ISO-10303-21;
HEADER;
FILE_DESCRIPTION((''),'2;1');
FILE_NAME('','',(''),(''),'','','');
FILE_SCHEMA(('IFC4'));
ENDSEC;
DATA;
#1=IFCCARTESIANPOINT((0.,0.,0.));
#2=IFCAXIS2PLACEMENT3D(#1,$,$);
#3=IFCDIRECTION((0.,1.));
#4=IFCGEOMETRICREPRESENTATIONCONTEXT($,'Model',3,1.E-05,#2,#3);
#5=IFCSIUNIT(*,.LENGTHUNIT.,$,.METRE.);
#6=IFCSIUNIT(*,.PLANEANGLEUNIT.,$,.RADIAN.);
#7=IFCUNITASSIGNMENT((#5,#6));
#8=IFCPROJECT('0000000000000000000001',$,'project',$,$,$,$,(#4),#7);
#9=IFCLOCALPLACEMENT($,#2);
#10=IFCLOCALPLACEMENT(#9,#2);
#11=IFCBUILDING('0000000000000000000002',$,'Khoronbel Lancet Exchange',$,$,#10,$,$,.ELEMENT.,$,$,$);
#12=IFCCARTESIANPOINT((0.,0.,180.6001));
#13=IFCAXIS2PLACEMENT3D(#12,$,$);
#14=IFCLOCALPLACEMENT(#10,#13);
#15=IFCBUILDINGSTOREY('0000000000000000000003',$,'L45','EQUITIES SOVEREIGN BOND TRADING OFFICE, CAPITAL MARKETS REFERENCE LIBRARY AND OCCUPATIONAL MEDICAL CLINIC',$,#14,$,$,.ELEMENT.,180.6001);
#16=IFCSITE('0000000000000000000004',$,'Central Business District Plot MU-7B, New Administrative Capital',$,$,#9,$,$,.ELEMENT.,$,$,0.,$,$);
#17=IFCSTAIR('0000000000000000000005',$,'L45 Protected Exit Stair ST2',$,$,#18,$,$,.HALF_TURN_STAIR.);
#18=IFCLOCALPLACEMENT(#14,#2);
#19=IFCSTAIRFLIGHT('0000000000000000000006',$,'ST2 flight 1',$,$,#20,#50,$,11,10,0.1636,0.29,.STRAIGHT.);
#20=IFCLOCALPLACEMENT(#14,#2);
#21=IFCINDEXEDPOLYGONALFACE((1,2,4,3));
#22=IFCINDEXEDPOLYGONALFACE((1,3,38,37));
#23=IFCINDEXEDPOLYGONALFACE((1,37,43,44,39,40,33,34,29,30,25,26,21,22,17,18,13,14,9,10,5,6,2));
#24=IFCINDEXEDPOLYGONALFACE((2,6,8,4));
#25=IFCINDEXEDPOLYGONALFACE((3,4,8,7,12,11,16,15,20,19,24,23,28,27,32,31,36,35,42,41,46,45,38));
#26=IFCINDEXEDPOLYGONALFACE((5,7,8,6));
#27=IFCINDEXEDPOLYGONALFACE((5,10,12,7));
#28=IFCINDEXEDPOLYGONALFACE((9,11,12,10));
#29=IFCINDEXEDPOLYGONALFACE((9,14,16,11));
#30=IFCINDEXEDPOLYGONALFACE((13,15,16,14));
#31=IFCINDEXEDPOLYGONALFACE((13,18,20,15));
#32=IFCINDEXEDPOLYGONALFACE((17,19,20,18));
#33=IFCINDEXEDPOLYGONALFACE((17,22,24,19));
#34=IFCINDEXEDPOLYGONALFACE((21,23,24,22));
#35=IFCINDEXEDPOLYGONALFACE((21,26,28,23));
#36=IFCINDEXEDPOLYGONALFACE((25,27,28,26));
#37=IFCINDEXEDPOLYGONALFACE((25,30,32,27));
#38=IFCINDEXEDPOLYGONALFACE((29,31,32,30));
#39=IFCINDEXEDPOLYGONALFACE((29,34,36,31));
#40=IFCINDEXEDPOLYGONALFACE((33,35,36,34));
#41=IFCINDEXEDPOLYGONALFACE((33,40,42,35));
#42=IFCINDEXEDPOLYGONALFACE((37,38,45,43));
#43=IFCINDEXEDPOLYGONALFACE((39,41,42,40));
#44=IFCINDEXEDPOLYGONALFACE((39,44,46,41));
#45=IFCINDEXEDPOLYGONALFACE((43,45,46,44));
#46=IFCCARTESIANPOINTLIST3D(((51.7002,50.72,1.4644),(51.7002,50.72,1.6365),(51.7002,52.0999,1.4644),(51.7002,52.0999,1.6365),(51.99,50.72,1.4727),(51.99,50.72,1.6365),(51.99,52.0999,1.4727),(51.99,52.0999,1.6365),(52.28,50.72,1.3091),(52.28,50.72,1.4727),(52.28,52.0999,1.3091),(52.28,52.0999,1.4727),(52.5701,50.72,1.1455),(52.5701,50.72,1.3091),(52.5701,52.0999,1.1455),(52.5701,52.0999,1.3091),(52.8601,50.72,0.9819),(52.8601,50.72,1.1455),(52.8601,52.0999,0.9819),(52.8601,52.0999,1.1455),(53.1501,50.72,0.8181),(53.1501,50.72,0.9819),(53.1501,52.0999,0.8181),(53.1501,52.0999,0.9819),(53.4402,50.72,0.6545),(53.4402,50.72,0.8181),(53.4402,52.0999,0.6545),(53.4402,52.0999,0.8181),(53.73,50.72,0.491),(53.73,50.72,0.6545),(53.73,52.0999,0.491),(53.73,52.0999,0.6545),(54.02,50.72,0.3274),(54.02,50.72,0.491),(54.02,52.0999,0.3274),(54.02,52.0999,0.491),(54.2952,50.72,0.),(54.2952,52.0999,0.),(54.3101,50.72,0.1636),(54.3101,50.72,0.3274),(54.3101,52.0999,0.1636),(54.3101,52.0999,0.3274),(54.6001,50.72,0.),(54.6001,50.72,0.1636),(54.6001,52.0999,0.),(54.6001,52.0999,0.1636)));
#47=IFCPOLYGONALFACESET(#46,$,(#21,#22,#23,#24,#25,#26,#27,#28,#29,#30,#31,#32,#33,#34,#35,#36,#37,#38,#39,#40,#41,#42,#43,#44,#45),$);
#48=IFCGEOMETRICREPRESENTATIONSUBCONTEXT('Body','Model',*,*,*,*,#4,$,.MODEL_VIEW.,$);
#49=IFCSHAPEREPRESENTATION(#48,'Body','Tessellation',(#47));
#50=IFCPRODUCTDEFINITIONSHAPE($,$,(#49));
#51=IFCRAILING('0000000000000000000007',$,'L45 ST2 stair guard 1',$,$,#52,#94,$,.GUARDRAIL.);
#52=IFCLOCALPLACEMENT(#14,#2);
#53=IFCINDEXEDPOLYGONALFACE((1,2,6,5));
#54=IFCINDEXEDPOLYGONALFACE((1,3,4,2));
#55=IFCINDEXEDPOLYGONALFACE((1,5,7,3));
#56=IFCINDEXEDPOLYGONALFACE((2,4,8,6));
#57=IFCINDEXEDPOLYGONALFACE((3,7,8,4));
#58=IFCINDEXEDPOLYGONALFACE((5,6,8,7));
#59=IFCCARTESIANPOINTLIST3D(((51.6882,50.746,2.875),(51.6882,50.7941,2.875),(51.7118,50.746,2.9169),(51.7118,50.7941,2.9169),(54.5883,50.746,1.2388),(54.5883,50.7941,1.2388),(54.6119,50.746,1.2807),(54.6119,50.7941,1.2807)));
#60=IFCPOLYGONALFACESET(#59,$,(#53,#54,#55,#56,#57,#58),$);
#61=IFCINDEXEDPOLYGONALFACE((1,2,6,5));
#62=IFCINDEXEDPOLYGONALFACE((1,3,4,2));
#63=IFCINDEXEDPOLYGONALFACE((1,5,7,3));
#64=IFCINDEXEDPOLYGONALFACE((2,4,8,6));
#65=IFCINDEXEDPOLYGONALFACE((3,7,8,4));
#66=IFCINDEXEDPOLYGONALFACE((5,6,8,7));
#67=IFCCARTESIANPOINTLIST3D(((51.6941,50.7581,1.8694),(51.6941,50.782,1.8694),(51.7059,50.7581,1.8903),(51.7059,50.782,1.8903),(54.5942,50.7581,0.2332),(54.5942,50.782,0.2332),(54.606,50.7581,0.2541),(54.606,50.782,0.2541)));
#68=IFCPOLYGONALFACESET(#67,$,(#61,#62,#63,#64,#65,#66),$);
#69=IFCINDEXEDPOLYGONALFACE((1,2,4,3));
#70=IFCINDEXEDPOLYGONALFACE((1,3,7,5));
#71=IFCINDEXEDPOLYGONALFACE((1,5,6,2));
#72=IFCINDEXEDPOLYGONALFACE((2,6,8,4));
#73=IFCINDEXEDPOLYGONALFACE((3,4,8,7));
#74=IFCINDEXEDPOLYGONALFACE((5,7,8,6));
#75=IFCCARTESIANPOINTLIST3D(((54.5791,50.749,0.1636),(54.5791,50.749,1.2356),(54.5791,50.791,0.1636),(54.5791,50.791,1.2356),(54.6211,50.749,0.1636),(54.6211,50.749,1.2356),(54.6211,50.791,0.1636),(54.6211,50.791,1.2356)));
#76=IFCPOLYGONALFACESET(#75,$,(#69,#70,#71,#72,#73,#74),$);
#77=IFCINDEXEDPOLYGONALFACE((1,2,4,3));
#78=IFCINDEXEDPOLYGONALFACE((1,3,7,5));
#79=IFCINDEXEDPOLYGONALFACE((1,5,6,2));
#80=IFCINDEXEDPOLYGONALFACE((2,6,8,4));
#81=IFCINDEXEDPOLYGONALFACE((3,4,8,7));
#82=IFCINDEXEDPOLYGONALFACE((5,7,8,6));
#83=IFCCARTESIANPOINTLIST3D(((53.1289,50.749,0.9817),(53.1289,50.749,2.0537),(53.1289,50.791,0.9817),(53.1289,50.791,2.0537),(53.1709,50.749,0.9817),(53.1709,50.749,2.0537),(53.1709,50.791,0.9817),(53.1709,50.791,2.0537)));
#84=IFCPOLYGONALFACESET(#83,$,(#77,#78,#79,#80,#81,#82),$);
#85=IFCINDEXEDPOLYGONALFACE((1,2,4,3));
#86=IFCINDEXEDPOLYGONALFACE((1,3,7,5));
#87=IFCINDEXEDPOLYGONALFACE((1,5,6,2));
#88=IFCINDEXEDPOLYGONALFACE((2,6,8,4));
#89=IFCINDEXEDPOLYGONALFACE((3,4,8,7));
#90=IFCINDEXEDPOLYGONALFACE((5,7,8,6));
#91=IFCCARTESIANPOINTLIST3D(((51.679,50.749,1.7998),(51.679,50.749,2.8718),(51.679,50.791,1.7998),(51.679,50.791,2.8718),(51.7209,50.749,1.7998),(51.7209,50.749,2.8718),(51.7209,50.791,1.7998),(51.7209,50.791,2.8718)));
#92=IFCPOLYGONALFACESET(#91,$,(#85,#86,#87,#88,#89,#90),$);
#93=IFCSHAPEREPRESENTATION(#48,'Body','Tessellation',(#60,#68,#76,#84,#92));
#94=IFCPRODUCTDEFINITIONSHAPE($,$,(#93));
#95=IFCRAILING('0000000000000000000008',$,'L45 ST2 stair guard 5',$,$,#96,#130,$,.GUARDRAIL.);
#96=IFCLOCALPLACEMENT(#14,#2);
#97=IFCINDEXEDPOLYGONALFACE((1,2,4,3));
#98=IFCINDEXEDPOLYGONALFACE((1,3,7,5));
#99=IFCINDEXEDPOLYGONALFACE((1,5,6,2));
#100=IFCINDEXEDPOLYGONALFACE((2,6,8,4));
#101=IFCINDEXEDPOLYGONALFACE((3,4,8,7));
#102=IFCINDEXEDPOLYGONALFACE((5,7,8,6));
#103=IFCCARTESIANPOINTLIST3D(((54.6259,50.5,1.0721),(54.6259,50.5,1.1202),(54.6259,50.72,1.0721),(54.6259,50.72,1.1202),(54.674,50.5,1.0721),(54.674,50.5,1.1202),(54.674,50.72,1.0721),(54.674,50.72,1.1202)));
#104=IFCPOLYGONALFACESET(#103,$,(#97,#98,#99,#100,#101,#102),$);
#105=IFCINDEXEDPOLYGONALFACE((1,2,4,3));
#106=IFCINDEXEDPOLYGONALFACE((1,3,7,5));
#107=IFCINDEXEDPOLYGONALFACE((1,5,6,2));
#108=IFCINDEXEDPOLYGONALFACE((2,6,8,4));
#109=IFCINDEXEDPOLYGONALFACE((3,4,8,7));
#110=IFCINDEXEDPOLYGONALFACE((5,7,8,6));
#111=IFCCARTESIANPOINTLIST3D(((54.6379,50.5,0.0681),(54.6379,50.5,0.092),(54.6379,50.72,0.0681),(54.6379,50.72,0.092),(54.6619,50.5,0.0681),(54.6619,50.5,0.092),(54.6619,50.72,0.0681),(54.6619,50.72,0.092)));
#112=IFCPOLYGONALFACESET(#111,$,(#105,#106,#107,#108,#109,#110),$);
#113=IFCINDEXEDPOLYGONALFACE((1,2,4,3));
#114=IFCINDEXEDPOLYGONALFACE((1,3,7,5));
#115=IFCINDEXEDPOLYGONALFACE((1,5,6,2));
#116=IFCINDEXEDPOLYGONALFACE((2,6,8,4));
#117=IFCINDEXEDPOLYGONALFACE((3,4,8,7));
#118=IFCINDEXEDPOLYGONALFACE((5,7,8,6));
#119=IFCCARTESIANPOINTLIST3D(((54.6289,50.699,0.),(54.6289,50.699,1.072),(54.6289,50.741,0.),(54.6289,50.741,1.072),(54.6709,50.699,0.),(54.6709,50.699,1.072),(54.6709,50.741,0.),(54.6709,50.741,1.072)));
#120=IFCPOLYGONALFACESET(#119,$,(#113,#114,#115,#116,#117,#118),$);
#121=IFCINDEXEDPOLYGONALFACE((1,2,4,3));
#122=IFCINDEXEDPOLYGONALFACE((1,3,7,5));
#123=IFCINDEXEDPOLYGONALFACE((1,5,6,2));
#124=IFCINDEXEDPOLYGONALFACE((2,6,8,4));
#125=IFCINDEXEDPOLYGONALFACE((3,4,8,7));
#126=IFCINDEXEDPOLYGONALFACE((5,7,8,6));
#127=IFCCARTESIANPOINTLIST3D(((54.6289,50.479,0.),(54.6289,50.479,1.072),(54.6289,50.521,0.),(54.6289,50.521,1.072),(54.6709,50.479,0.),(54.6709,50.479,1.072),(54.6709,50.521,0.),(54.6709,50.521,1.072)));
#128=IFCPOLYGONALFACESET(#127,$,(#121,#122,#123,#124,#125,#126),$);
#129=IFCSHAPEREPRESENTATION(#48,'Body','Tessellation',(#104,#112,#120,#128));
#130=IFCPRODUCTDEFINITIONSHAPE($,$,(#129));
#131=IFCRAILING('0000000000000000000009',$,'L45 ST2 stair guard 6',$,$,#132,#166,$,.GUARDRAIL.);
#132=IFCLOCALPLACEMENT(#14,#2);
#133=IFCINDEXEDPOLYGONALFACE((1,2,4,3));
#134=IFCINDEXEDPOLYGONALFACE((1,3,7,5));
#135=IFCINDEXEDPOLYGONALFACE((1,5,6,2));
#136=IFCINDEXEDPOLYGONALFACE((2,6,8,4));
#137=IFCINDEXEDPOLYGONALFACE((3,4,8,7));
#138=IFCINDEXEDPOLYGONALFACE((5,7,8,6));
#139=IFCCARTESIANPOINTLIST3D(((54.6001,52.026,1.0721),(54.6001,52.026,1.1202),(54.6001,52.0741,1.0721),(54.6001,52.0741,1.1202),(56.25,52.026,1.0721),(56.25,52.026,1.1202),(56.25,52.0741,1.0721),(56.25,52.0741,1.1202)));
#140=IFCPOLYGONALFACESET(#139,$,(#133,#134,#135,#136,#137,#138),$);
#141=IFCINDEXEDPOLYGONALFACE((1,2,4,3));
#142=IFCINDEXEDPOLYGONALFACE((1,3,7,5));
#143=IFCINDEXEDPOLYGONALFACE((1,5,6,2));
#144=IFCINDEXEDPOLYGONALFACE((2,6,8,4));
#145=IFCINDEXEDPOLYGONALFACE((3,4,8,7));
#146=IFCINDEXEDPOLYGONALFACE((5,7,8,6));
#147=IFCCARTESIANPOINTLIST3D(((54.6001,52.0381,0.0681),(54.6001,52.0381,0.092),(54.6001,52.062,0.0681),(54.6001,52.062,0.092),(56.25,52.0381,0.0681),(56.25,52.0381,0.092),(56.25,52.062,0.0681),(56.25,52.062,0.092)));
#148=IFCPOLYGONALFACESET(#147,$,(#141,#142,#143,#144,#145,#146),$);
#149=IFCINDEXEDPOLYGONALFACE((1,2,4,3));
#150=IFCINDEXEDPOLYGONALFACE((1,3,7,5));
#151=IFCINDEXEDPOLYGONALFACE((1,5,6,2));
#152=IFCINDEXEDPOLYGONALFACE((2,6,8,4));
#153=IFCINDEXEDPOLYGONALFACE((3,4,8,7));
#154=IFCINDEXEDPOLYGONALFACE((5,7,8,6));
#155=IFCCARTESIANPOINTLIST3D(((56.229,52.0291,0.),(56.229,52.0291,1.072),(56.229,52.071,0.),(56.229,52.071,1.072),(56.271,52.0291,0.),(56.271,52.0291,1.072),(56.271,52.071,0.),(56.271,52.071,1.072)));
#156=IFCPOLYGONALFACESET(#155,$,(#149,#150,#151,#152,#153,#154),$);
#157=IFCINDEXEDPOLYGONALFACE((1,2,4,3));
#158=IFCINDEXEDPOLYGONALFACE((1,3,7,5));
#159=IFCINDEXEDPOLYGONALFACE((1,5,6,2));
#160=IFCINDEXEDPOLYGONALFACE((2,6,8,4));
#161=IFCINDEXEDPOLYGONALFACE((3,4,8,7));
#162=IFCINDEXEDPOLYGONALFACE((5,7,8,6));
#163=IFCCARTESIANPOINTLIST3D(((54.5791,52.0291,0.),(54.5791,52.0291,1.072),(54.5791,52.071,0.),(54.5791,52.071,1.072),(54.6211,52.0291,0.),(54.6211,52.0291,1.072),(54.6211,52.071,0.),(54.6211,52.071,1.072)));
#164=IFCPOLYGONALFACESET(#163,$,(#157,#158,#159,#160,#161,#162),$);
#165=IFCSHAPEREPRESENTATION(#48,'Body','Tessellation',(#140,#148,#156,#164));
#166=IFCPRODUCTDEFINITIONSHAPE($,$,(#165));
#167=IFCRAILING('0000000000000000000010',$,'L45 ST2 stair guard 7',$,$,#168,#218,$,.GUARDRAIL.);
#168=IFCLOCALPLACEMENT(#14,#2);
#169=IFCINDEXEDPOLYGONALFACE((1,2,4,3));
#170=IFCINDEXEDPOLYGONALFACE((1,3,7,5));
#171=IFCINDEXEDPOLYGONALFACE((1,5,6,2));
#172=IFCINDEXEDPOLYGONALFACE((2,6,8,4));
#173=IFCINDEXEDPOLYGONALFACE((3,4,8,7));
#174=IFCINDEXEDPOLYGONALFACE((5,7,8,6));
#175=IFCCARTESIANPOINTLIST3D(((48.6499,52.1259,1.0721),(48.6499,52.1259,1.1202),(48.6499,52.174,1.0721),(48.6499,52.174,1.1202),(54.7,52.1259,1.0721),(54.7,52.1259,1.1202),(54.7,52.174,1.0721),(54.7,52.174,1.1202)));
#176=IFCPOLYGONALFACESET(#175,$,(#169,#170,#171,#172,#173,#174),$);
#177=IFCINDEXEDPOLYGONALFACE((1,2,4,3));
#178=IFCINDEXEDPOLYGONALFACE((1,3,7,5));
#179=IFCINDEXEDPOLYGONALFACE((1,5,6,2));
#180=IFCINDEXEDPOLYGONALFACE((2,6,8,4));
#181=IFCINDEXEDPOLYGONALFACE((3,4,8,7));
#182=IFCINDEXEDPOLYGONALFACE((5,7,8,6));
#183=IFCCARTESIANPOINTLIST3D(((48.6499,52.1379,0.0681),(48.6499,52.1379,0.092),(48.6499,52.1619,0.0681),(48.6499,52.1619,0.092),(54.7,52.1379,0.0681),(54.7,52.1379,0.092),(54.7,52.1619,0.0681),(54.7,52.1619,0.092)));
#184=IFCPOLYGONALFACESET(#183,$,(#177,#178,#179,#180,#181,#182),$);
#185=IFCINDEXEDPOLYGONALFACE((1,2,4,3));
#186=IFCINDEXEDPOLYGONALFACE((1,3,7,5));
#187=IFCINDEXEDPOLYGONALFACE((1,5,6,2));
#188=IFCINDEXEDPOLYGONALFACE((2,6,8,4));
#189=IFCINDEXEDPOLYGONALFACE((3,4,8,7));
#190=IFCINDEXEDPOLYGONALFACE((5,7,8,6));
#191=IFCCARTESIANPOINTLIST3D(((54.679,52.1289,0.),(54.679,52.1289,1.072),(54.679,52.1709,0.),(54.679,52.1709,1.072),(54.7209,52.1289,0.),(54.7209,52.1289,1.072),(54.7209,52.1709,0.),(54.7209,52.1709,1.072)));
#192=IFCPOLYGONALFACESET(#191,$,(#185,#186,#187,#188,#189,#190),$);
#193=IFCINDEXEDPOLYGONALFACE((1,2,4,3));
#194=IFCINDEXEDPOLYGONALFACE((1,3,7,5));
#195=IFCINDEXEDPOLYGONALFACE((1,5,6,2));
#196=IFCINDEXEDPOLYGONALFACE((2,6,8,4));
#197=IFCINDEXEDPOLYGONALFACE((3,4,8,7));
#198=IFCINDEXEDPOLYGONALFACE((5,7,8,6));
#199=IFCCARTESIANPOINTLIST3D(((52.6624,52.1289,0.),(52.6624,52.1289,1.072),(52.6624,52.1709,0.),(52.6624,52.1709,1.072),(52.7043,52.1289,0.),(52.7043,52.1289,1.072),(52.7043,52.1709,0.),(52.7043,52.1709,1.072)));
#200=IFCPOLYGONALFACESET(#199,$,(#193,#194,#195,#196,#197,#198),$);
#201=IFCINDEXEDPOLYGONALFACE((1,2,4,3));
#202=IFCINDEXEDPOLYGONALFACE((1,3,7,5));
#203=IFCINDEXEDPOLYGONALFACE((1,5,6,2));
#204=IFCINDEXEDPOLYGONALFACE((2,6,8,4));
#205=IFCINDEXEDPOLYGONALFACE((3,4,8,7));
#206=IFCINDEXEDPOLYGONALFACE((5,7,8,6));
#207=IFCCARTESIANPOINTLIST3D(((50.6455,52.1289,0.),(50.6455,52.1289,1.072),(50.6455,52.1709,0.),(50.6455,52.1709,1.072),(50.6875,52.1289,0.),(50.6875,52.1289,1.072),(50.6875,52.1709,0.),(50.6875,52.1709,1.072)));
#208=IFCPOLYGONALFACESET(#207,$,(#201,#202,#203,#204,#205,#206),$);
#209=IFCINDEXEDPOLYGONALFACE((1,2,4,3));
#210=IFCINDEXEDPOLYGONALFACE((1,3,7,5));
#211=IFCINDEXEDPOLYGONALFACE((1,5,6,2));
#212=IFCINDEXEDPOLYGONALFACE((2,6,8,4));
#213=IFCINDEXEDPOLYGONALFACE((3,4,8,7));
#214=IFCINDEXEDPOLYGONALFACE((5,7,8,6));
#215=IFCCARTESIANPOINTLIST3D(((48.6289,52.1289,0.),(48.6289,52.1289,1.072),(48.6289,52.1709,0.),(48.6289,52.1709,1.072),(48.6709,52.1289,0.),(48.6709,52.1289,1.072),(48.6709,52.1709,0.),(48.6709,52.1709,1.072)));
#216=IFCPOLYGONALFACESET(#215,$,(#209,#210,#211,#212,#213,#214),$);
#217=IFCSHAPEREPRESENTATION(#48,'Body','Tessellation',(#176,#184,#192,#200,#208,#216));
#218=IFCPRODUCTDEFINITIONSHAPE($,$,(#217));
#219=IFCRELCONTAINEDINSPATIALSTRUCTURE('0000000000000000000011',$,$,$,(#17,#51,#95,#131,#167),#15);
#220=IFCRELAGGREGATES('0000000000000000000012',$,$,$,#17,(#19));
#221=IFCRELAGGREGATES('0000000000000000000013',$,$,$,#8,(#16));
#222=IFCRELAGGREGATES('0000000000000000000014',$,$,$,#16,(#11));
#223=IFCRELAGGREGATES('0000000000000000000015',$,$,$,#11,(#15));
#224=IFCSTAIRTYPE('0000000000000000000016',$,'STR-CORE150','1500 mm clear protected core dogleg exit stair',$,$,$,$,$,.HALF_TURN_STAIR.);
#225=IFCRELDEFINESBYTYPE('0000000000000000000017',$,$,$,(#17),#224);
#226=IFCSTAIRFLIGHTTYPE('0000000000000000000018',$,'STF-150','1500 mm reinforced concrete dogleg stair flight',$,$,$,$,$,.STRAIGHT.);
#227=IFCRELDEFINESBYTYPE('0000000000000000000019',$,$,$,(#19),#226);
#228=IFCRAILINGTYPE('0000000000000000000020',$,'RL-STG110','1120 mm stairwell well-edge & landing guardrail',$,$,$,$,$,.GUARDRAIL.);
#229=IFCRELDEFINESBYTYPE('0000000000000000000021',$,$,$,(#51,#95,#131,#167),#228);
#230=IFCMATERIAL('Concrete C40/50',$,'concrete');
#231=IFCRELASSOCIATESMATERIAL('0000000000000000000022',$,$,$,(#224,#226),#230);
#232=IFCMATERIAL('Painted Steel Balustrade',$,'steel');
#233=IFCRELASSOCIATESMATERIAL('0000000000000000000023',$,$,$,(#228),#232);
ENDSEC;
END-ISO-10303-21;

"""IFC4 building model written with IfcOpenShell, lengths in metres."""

from ifc_helpers import new_model, si_unit, direction, frame, origin, origin_2d, place, context, subcontext, project, spatial, polyline, rectangle, outline, extrude, material, type_object, element, aggregate, save


model = new_model("IFC4")

# Units and contexts
model_context = context("Model", 3, precision=1e-05, world=origin(), true_north=direction((0.0, 1.0)))
body_context = subcontext(model_context, "Body", "Model", "MODEL_VIEW")
ifc_project = project(units=[si_unit("LENGTHUNIT", "METRE"), si_unit("PLANEANGLEUNIT", "RADIAN")], contexts=[model_context])

# Site, building, storey
site_placement = place(None, origin())
site = spatial("IfcSite", under=ifc_project, at=site_placement, Name="Central Business District Plot MU-7B, New Administrative Capital", CompositionType="ELEMENT", RefElevation=0.0)
building_placement = place(site_placement, origin())
building = spatial("IfcBuilding", under=site, at=building_placement, Name="Khoronbel Lancet Exchange", CompositionType="ELEMENT")
storey_placement = place(building_placement, frame((0.0, 0.0, 180.6001)))
storey = spatial("IfcBuildingStorey", under=building, at=storey_placement, Name="L45", Description="EQUITIES SOVEREIGN BOND TRADING OFFICE, CAPITAL MARKETS REFERENCE LIBRARY AND OCCUPATIONAL MEDICAL CLINIC", CompositionType="ELEMENT", Elevation=180.6001)

# Stair, stair flight
ifc_material_1 = material(Name="Concrete C40/50", Category="concrete")
stair_type = type_object("IfcStairType", Name="STR-CORE150", Description="1500 mm clear protected core dogleg exit stair", PredefinedType="HALF_TURN_STAIR", material=ifc_material_1)
stair_placement = place(storey_placement, origin())
stair = element("IfcStair", 1, at=stair_placement, inside=storey, type_object=stair_type, Name="L45 Protected Exit Stair ST2", PredefinedType="HALF_TURN_STAIR")
stair_flight_type = type_object("IfcStairFlightType", Name="STF-150", Description="1500 mm reinforced concrete dogleg stair flight", PredefinedType="STRAIGHT", material=ifc_material_1)
stair_flight_placement = place(storey_placement, frame((54.6001, 51.4099, 0.0), z_axis=(0.0, 0.0, 1.0), x_axis=(-1.0, 0.0, 0.0)))
stair_flight = element("IfcStairFlight", 2, at=stair_flight_placement, type_object=stair_flight_type, Name="ST2 flight 1", NumberOfRisers=11, NumberOfTreads=10, PredefinedType="STRAIGHT", RiserHeight=0.1636, TreadLength=0.29, context=body_context, shape_type="SweptSolid", body=[
    extrude(outline(polyline([(0.0, 0.0), (0.0, 0.1636), (0.29, 0.1636), (0.29, 0.3274), (0.5801, 0.3274), (0.5801, 0.491), (0.8701, 0.491), (0.8701, 0.6545), (1.1599, 0.6545), (1.1599, 0.8181), (1.45, 0.8181), (1.45, 0.9819), (1.74, 0.9819), (1.74, 1.1455), (2.03, 1.1455), (2.03, 1.3091), (2.3201, 1.3091), (2.3201, 1.4727), (2.6101, 1.4727), (2.6101, 1.6365), (2.8999, 1.6365), (2.8999, 1.8), (2.8999, 1.4644), (0.3049, 0.0), (0.0, 0.0)])), frame((0.0, 0.6899, 0.0), z_axis=(0.0, -1.0, 0.0), x_axis=(1.0, 0.0, 0.0)), (0.0, 0.0, 1.0), 1.3799),
])
aggregate(stair, [stair_flight])

# Railings
ifc_material_2 = material(Name="Painted Steel Balustrade", Category="steel")
railing_type_1 = type_object("IfcRailingType", Name="RL-STG110", Description="1120 mm stairwell well-edge & landing guardrail", PredefinedType="GUARDRAIL", material=ifc_material_2)
railing_1_placement = place(storey_placement, frame((54.6001, 50.77, 0.1636)))
element("IfcRailing", 3, at=railing_1_placement, inside=storey, type_object=railing_type_1, Name="L45 ST2 stair guard 1", PredefinedType="GUARDRAIL", context=body_context, shape_type="SweptSolid", body=[
    extrude(rectangle(XDim=0.0481, YDim=0.0481, at=origin_2d()), frame((0.0, 0.0, 1.0962), z_axis=(-0.870946, 0.0, 0.491378), x_axis=(0.0, -1.0, 0.0)), (0.0, 0.0, 1.0), 3.3298),
    extrude(rectangle(XDim=0.0239, YDim=0.0239, at=origin_2d()), frame((0.0, 0.0, 0.0801), z_axis=(-0.870946, 0.0, 0.491378), x_axis=(0.0, -1.0, 0.0)), (0.0, 0.0, 1.0), 3.3298),
    extrude(rectangle(XDim=0.042, YDim=0.042, at=origin_2d()), origin(), (0.0, 0.0, 1.0), 1.072),
    extrude(rectangle(XDim=0.042, YDim=0.042, at=origin_2d()), frame((-1.4502, 0.0, 0.8181)), (0.0, 0.0, 1.0), 1.072),
    extrude(rectangle(XDim=0.042, YDim=0.042, at=origin_2d()), frame((-2.9001, 0.0, 1.6362)), (0.0, 0.0, 1.0), 1.072),
])
railing_2_placement = place(storey_placement, frame((54.6499, 50.72, 0.0)))
element("IfcRailing", 4, at=railing_2_placement, inside=storey, type_object=railing_type_1, Name="L45 ST2 stair guard 5", PredefinedType="GUARDRAIL", context=body_context, shape_type="SweptSolid", body=[
    extrude(rectangle(XDim=0.0481, YDim=0.0481, at=origin_2d()), frame((0.0, 0.0, 1.0962), z_axis=(0.0, -1.0, 0.0), x_axis=(1.0, 0.0, 0.0)), (0.0, 0.0, 1.0), 0.22),
    extrude(rectangle(XDim=0.0239, YDim=0.0239, at=origin_2d()), frame((0.0, 0.0, 0.0801), z_axis=(0.0, -1.0, 0.0), x_axis=(1.0, 0.0, 0.0)), (0.0, 0.0, 1.0), 0.22),
    extrude(rectangle(XDim=0.042, YDim=0.042, at=origin_2d()), origin(), (0.0, 0.0, 1.0), 1.072),
    extrude(rectangle(XDim=0.042, YDim=0.042, at=origin_2d()), frame((0.0, -0.22, 0.0)), (0.0, 0.0, 1.0), 1.072),
])
railing_3_placement = place(storey_placement, frame((56.25, 52.05, 0.0)))
element("IfcRailing", 5, at=railing_3_placement, inside=storey, type_object=railing_type_1, Name="L45 ST2 stair guard 6", PredefinedType="GUARDRAIL", context=body_context, shape_type="SweptSolid", body=[
    extrude(rectangle(XDim=0.0481, YDim=0.0481, at=origin_2d()), frame((0.0, 0.0, 1.0962), z_axis=(-1.0, 0.0, 0.0), x_axis=(0.0, -1.0, 0.0)), (0.0, 0.0, 1.0), 1.6499),
    extrude(rectangle(XDim=0.0239, YDim=0.0239, at=origin_2d()), frame((0.0, 0.0, 0.0801), z_axis=(-1.0, 0.0, 0.0), x_axis=(0.0, -1.0, 0.0)), (0.0, 0.0, 1.0), 1.6499),
    extrude(rectangle(XDim=0.042, YDim=0.042, at=origin_2d()), origin(), (0.0, 0.0, 1.0), 1.072),
    extrude(rectangle(XDim=0.042, YDim=0.042, at=origin_2d()), frame((-1.6499, 0.0, 0.0)), (0.0, 0.0, 1.0), 1.072),
])
railing_4_placement = place(storey_placement, frame((54.7, 52.1499, 0.0)))
element("IfcRailing", 6, at=railing_4_placement, inside=storey, type_object=railing_type_1, Name="L45 ST2 stair guard 7", PredefinedType="GUARDRAIL", context=body_context, shape_type="SweptSolid", body=[
    extrude(rectangle(XDim=0.0481, YDim=0.0481, at=origin_2d()), frame((0.0, 0.0, 1.0962), z_axis=(-1.0, 0.0, 0.0), x_axis=(0.0, -1.0, 0.0)), (0.0, 0.0, 1.0), 6.05),
    extrude(rectangle(XDim=0.0239, YDim=0.0239, at=origin_2d()), frame((0.0, 0.0, 0.0801), z_axis=(-1.0, 0.0, 0.0), x_axis=(0.0, -1.0, 0.0)), (0.0, 0.0, 1.0), 6.05),
    extrude(rectangle(XDim=0.042, YDim=0.042, at=origin_2d()), origin(), (0.0, 0.0, 1.0), 1.072),
    extrude(rectangle(XDim=0.042, YDim=0.042, at=origin_2d()), frame((-2.0166, 0.0, 0.0)), (0.0, 0.0, 1.0), 1.072),
    extrude(rectangle(XDim=0.042, YDim=0.042, at=origin_2d()), frame((-4.0334, 0.0, 0.0)), (0.0, 0.0, 1.0), 1.072),
    extrude(rectangle(XDim=0.042, YDim=0.042, at=origin_2d()), frame((-6.05, 0.0, 0.0)), (0.0, 0.0, 1.0), 1.072),
])

save(model, "model.ifc")
